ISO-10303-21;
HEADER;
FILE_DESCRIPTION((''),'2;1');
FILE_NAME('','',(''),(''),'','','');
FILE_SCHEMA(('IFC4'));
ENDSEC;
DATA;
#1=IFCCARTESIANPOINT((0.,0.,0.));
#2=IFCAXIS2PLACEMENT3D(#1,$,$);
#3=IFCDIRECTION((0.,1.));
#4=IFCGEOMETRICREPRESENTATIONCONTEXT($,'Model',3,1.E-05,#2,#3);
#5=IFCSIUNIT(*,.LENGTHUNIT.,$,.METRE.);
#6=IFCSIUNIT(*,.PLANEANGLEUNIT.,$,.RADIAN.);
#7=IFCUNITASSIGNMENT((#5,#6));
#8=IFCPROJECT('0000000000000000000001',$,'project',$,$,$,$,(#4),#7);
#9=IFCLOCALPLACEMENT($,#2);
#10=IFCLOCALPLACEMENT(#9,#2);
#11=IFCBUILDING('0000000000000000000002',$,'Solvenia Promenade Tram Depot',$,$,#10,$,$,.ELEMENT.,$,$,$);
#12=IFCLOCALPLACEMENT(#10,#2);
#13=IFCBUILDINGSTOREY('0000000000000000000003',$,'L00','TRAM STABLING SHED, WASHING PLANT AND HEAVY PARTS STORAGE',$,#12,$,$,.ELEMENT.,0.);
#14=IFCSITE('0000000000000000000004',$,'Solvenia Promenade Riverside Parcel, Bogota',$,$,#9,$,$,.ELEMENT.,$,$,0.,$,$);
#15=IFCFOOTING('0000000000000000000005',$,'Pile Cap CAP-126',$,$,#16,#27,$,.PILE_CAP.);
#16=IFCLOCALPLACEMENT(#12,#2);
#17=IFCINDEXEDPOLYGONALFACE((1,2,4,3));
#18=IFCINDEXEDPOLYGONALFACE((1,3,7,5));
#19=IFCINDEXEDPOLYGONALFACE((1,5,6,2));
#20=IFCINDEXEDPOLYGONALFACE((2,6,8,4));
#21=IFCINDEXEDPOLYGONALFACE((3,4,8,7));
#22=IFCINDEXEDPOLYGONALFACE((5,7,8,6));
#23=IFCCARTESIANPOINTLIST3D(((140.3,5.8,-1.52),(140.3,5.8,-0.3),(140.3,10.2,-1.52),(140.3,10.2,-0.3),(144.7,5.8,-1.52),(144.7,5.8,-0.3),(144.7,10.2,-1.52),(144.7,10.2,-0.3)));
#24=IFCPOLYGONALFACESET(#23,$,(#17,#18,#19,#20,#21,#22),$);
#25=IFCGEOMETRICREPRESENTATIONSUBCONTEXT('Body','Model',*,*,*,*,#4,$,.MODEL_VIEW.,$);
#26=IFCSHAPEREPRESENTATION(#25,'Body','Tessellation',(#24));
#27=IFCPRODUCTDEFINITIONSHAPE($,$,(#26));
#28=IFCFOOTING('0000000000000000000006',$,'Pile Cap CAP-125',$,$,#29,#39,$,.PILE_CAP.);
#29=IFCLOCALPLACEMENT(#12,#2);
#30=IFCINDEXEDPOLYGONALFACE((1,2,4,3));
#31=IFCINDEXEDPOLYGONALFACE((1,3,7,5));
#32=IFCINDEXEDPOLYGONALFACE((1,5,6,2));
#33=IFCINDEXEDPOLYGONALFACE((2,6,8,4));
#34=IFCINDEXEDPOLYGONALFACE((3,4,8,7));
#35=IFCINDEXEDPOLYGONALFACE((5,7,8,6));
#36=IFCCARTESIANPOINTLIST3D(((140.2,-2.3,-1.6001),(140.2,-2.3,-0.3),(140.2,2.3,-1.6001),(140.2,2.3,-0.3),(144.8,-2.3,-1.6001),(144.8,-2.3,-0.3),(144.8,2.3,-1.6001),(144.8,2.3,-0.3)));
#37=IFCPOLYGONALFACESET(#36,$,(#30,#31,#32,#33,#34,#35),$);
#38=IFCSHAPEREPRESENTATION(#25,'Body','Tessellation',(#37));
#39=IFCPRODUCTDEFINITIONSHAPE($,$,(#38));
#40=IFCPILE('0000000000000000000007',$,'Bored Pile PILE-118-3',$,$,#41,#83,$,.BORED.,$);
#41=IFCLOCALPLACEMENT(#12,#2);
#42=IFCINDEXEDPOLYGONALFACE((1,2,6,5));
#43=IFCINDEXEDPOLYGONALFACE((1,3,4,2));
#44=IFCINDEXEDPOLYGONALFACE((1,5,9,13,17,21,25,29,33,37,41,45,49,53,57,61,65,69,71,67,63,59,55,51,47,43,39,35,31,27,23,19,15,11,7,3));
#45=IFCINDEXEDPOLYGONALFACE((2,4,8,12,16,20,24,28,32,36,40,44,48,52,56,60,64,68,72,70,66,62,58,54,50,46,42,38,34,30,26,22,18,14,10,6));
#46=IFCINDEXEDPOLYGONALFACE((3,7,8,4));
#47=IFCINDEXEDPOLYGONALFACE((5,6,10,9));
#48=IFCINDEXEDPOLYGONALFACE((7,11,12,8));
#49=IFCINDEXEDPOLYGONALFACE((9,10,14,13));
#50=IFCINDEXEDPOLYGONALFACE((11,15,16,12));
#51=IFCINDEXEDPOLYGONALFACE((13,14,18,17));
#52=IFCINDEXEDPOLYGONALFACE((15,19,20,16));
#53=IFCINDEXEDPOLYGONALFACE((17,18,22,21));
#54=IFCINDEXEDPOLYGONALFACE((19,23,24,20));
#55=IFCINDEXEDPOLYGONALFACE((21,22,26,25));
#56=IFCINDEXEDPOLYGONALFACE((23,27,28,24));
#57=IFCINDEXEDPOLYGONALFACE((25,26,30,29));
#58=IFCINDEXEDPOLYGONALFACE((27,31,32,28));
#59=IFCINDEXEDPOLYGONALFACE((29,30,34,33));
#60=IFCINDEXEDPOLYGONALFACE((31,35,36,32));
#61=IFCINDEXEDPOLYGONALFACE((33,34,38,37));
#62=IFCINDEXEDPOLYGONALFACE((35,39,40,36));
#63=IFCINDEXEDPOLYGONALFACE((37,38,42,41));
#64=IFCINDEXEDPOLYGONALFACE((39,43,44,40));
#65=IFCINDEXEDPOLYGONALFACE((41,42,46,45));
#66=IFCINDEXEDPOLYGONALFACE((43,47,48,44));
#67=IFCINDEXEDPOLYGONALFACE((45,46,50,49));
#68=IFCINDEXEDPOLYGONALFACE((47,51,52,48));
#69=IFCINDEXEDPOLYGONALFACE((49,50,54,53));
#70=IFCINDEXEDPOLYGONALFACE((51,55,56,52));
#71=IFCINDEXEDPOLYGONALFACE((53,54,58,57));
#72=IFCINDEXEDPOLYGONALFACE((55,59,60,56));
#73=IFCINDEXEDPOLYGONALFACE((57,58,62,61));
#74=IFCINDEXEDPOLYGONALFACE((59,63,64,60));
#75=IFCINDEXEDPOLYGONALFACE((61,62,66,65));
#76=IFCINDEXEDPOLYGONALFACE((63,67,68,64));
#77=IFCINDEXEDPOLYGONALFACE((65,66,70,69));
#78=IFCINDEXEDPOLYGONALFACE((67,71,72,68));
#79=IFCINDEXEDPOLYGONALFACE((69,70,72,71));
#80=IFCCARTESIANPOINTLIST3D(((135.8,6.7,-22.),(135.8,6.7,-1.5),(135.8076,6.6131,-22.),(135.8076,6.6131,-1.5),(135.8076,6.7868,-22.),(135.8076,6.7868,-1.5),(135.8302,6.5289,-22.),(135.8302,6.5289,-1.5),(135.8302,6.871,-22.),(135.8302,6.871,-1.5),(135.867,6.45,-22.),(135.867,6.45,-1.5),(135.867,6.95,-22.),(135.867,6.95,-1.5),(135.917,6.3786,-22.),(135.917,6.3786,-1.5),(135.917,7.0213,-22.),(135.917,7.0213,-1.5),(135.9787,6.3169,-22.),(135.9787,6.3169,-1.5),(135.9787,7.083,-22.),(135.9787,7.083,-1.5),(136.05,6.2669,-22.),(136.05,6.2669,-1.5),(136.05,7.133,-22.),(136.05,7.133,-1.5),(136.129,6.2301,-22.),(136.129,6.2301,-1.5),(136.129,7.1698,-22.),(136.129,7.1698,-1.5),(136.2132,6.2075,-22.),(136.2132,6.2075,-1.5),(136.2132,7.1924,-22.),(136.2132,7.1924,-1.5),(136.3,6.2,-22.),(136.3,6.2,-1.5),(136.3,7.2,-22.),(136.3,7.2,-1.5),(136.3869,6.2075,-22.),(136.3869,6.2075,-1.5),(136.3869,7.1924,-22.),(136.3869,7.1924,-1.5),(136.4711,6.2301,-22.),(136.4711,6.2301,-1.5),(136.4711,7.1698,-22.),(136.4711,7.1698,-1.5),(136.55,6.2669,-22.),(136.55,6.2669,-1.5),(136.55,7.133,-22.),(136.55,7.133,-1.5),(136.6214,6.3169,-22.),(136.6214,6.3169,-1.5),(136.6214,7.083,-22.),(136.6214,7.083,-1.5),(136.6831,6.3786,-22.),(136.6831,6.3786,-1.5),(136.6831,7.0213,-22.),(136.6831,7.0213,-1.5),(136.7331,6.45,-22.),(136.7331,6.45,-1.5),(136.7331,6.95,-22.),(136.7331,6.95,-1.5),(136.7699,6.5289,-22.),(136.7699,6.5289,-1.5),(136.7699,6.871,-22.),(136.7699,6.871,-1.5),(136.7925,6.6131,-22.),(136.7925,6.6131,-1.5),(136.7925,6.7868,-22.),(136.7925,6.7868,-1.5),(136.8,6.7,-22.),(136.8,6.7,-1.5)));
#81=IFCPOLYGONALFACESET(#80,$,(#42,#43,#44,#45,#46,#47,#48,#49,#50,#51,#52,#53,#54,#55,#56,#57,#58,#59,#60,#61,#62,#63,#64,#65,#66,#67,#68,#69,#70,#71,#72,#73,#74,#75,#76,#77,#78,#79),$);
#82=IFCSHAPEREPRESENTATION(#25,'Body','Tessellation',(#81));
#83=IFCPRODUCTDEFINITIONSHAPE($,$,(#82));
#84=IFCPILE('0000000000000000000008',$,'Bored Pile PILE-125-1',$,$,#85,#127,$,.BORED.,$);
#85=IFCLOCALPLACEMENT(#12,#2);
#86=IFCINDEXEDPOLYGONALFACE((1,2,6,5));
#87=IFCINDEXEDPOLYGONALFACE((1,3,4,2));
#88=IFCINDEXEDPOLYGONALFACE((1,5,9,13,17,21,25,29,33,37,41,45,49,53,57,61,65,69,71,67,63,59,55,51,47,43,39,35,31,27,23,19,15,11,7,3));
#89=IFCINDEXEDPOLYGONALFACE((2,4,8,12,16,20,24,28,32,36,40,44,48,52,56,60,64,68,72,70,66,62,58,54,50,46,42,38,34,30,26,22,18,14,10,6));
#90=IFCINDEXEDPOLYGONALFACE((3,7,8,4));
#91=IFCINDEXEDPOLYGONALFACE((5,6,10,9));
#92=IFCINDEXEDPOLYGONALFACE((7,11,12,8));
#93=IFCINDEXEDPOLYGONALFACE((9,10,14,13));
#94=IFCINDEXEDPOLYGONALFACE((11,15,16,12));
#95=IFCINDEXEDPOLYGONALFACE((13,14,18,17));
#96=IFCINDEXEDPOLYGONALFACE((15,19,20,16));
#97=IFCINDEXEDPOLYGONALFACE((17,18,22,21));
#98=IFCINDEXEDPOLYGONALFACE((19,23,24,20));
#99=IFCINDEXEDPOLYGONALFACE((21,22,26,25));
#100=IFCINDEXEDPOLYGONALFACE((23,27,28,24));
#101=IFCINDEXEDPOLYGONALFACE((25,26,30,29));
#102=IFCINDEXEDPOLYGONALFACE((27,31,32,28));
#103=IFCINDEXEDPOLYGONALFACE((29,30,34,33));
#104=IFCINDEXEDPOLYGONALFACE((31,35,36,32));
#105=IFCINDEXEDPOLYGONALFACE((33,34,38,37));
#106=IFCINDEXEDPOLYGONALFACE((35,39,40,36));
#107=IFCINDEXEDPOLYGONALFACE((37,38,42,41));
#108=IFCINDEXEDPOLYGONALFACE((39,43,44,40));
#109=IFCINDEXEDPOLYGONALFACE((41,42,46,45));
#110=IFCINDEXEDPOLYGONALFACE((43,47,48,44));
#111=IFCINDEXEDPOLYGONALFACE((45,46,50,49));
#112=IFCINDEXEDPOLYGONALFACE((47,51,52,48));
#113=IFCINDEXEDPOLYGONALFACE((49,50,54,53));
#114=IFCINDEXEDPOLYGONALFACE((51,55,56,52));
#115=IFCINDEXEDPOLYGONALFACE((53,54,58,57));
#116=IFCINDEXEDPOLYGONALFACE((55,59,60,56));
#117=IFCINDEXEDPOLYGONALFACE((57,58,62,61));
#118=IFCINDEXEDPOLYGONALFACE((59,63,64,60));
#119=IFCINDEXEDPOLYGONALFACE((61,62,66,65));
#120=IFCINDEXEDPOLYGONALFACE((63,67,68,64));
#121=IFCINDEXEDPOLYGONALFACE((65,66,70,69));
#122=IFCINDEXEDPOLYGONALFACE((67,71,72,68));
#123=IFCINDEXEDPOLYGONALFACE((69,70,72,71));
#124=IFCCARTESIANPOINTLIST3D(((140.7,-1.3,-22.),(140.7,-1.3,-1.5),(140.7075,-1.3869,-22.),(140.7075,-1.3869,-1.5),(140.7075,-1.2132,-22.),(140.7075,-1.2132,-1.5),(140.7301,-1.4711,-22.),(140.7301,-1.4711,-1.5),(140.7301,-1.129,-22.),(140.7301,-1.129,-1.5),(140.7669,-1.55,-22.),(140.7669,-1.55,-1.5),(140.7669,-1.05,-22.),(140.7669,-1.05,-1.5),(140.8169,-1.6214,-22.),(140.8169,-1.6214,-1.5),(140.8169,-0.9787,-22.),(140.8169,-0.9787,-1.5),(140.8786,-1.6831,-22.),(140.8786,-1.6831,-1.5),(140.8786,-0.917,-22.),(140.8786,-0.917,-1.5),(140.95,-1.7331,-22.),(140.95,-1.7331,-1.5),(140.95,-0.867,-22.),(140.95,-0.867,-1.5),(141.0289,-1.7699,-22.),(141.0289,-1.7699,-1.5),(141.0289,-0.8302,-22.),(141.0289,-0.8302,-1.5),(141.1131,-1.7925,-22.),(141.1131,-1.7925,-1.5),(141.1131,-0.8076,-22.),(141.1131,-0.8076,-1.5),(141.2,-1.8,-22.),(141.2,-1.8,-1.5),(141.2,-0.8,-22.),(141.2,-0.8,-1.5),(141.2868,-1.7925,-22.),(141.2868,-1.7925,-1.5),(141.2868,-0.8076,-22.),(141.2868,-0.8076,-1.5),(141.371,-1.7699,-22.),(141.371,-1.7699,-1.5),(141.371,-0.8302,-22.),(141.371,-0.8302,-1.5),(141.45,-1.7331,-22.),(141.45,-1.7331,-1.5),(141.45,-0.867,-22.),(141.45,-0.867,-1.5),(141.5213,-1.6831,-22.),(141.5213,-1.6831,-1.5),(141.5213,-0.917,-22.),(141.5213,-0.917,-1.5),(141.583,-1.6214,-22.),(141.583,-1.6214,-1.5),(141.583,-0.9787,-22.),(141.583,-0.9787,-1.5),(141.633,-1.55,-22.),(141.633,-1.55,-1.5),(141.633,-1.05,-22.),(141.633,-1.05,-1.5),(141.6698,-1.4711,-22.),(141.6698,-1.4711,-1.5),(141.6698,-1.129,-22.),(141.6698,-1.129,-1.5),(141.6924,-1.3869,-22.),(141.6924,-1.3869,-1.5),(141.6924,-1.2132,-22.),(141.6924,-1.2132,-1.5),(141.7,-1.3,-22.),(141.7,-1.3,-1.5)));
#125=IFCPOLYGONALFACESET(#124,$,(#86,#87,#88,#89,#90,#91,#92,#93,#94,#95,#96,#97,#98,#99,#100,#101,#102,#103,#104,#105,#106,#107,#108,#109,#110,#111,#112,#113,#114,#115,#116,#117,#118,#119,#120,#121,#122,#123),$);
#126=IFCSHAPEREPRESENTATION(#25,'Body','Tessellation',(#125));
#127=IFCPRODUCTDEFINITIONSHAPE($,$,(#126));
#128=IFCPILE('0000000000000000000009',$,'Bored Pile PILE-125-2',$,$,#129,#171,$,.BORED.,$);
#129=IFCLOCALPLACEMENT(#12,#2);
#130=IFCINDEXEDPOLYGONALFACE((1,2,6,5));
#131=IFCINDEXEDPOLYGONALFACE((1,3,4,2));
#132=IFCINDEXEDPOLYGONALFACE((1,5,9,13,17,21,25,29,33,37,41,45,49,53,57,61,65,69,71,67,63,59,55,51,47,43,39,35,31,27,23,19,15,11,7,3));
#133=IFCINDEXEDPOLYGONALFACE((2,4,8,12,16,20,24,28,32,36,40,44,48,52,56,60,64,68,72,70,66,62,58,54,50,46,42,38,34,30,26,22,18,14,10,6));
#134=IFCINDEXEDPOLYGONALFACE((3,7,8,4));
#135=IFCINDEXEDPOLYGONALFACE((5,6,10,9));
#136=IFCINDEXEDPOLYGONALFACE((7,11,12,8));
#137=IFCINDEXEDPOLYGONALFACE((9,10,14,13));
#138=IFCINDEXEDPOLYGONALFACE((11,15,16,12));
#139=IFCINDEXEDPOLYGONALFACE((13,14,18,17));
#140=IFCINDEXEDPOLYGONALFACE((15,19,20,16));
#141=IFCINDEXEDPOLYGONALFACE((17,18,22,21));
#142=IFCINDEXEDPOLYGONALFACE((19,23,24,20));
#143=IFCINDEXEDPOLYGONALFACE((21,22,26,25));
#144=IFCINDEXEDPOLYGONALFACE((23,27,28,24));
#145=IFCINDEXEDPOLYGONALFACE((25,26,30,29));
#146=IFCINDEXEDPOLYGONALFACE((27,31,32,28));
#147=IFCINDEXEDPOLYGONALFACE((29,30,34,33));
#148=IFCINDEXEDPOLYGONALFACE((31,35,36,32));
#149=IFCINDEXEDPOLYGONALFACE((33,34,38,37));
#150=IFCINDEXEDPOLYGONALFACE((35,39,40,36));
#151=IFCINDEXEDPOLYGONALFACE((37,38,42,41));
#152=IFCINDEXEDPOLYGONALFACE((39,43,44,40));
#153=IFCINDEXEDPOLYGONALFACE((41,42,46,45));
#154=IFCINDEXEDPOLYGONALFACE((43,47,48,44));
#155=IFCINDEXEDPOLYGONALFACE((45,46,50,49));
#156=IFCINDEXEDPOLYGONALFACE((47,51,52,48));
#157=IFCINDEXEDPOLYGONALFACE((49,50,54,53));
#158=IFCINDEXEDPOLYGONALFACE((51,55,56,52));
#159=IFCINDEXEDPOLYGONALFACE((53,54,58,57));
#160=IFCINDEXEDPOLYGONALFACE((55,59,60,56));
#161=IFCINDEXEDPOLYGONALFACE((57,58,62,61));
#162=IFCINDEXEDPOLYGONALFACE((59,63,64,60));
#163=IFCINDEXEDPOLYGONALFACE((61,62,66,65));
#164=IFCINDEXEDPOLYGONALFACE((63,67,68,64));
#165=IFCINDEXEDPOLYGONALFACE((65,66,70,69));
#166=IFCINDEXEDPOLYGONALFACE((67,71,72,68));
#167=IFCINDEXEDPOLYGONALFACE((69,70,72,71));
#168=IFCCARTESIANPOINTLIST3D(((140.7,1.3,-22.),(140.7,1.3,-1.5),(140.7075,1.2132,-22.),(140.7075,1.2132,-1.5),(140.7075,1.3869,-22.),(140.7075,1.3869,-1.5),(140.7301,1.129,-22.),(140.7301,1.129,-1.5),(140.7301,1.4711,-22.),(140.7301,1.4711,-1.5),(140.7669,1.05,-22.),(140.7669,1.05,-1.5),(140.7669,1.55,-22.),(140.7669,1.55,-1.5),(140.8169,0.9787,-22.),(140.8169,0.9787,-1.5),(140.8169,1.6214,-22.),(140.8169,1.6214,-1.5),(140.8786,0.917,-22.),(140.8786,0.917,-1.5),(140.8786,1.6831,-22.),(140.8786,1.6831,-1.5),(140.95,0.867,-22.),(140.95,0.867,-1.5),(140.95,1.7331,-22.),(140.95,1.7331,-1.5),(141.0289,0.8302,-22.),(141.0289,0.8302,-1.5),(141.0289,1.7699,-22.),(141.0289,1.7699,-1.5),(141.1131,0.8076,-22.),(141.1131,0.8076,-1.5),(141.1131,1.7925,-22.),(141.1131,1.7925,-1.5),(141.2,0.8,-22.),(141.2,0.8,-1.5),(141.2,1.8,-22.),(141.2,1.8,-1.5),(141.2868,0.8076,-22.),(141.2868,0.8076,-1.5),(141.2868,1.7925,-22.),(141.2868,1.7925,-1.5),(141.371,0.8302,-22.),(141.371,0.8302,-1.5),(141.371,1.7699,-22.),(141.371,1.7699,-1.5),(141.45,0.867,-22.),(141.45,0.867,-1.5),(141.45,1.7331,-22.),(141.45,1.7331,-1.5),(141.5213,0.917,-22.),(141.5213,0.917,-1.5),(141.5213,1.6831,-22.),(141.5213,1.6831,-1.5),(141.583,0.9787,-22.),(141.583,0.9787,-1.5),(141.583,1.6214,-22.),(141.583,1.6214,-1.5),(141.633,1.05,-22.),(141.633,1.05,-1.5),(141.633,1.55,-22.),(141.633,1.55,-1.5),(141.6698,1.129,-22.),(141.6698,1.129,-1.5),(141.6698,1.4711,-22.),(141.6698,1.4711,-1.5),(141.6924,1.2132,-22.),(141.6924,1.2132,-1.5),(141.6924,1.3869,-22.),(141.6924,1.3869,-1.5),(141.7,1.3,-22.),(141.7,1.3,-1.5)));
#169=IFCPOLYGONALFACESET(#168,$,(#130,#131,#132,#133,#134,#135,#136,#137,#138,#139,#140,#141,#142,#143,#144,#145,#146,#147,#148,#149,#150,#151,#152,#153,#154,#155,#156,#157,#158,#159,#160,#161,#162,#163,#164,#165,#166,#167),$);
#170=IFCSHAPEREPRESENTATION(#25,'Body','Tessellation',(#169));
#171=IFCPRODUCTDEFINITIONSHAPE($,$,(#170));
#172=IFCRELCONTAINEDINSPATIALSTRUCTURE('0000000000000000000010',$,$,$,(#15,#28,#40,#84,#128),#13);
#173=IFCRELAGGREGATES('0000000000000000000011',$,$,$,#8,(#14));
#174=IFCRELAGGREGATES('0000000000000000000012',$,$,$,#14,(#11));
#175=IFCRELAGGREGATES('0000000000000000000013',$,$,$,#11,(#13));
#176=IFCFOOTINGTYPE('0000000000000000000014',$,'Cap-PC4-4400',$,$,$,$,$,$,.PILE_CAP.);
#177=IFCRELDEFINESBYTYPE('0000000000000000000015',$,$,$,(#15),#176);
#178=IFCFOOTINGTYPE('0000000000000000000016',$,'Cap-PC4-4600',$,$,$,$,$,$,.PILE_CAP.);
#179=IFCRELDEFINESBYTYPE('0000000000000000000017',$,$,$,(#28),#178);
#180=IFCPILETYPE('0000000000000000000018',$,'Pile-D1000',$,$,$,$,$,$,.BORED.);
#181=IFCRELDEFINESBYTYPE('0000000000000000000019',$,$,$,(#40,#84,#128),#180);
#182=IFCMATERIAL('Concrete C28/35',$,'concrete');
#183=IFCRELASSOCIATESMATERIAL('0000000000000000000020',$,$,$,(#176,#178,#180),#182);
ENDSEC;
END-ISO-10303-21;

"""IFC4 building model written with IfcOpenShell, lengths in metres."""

from ifc_helpers import new_model, si_unit, direction, frame, origin, origin_2d, place, context, subcontext, project, spatial, rectangle, circle, extrude, material, material_profile, profile_set, type_object, element, save


model = new_model("IFC4")

# Units and contexts
model_context = context("Model", 3, precision=1e-05, world=origin(), true_north=direction((0.0, 1.0)))
body_context = subcontext(model_context, "Body", "Model", "MODEL_VIEW")
ifc_project = project(units=[si_unit("LENGTHUNIT", "METRE"), si_unit("PLANEANGLEUNIT", "RADIAN")], contexts=[model_context])

# Site, building, storey
site_placement = place(None, origin())
site = spatial("IfcSite", under=ifc_project, at=site_placement, Name="Solvenia Promenade Riverside Parcel, Bogota", CompositionType="ELEMENT", RefElevation=0.0)
building_placement = place(site_placement, origin())
building = spatial("IfcBuilding", under=site, at=building_placement, Name="Solvenia Promenade Tram Depot", CompositionType="ELEMENT")
storey_placement = place(building_placement, origin())
storey = spatial("IfcBuildingStorey", under=building, at=storey_placement, Name="L00", Description="TRAM STABLING SHED, WASHING PLANT AND HEAVY PARTS STORAGE", CompositionType="ELEMENT", Elevation=0.0)

# Footings
ifc_material_1 = material(Name="Concrete C28/35", Category="concrete")
footing_type_1 = type_object("IfcFootingType", Name="Cap-PC4-4400", PredefinedType="PILE_CAP", material=ifc_material_1)
footing_1_placement = place(storey_placement, frame((142.5, 8.0, -1.52), z_axis=(0.0, 0.0, 1.0), x_axis=(1.0, 0.0, 0.0)))
element("IfcFooting", 1, at=footing_1_placement, inside=storey, type_object=footing_type_1, Name="Pile Cap CAP-126", PredefinedType="PILE_CAP", context=body_context, shape_type="SweptSolid", body=[
    extrude(rectangle(XDim=4.3999, YDim=4.3999, at=origin_2d()), origin(), (0.0, 0.0, 1.0), 1.22),
])
footing_type_2 = type_object("IfcFootingType", Name="Cap-PC4-4600", PredefinedType="PILE_CAP", material=ifc_material_1)
footing_2_placement = place(storey_placement, frame((142.5, 0.0, -1.6001), z_axis=(0.0, 0.0, 1.0), x_axis=(1.0, 0.0, 0.0)))
element("IfcFooting", 2, at=footing_2_placement, inside=storey, type_object=footing_type_2, Name="Pile Cap CAP-125", PredefinedType="PILE_CAP", context=body_context, shape_type="SweptSolid", body=[
    extrude(rectangle(XDim=4.6001, YDim=4.6001, at=origin_2d()), origin(), (0.0, 0.0, 1.0), 1.3),
])

# Piles
ifc_material_profile_1 = material_profile(ifc_material_1, circle(Radius=0.5, at=origin_2d()), Name="D1000", Category="concrete")
ifc_profile_set_1 = profile_set([ifc_material_profile_1], Name="Concrete C28/35")
pile_type = type_object("IfcPileType", Name="Pile-D1000", PredefinedType="BORED", material=ifc_profile_set_1)
for number, where, z_axis, x_axis, name in (
    (3, (136.3, 6.7, -1.5), (0.0, 0.0, -1.0), (1.0, 0.0, 0.0), "Bored Pile PILE-118-3"),
    (4, (141.2, -1.3, -1.5), (0.0, 0.0, -1.0), (1.0, 0.0, 0.0), "Bored Pile PILE-125-1"),
    (5, (141.2, 1.3, -1.5), (0.0, 0.0, -1.0), (1.0, 0.0, 0.0), "Bored Pile PILE-125-2"),
):
    element("IfcPile", number, at=place(storey_placement, frame(where, z_axis=z_axis, x_axis=x_axis)), inside=storey, type_object=pile_type, Name=name, PredefinedType="BORED", context=body_context, shape_type="SweptSolid", body=[
        extrude(circle(Radius=0.5, at=origin_2d()), origin(), (0.0, 0.0, 1.0), 20.5),
    ])

save(model, "model.ifc")
